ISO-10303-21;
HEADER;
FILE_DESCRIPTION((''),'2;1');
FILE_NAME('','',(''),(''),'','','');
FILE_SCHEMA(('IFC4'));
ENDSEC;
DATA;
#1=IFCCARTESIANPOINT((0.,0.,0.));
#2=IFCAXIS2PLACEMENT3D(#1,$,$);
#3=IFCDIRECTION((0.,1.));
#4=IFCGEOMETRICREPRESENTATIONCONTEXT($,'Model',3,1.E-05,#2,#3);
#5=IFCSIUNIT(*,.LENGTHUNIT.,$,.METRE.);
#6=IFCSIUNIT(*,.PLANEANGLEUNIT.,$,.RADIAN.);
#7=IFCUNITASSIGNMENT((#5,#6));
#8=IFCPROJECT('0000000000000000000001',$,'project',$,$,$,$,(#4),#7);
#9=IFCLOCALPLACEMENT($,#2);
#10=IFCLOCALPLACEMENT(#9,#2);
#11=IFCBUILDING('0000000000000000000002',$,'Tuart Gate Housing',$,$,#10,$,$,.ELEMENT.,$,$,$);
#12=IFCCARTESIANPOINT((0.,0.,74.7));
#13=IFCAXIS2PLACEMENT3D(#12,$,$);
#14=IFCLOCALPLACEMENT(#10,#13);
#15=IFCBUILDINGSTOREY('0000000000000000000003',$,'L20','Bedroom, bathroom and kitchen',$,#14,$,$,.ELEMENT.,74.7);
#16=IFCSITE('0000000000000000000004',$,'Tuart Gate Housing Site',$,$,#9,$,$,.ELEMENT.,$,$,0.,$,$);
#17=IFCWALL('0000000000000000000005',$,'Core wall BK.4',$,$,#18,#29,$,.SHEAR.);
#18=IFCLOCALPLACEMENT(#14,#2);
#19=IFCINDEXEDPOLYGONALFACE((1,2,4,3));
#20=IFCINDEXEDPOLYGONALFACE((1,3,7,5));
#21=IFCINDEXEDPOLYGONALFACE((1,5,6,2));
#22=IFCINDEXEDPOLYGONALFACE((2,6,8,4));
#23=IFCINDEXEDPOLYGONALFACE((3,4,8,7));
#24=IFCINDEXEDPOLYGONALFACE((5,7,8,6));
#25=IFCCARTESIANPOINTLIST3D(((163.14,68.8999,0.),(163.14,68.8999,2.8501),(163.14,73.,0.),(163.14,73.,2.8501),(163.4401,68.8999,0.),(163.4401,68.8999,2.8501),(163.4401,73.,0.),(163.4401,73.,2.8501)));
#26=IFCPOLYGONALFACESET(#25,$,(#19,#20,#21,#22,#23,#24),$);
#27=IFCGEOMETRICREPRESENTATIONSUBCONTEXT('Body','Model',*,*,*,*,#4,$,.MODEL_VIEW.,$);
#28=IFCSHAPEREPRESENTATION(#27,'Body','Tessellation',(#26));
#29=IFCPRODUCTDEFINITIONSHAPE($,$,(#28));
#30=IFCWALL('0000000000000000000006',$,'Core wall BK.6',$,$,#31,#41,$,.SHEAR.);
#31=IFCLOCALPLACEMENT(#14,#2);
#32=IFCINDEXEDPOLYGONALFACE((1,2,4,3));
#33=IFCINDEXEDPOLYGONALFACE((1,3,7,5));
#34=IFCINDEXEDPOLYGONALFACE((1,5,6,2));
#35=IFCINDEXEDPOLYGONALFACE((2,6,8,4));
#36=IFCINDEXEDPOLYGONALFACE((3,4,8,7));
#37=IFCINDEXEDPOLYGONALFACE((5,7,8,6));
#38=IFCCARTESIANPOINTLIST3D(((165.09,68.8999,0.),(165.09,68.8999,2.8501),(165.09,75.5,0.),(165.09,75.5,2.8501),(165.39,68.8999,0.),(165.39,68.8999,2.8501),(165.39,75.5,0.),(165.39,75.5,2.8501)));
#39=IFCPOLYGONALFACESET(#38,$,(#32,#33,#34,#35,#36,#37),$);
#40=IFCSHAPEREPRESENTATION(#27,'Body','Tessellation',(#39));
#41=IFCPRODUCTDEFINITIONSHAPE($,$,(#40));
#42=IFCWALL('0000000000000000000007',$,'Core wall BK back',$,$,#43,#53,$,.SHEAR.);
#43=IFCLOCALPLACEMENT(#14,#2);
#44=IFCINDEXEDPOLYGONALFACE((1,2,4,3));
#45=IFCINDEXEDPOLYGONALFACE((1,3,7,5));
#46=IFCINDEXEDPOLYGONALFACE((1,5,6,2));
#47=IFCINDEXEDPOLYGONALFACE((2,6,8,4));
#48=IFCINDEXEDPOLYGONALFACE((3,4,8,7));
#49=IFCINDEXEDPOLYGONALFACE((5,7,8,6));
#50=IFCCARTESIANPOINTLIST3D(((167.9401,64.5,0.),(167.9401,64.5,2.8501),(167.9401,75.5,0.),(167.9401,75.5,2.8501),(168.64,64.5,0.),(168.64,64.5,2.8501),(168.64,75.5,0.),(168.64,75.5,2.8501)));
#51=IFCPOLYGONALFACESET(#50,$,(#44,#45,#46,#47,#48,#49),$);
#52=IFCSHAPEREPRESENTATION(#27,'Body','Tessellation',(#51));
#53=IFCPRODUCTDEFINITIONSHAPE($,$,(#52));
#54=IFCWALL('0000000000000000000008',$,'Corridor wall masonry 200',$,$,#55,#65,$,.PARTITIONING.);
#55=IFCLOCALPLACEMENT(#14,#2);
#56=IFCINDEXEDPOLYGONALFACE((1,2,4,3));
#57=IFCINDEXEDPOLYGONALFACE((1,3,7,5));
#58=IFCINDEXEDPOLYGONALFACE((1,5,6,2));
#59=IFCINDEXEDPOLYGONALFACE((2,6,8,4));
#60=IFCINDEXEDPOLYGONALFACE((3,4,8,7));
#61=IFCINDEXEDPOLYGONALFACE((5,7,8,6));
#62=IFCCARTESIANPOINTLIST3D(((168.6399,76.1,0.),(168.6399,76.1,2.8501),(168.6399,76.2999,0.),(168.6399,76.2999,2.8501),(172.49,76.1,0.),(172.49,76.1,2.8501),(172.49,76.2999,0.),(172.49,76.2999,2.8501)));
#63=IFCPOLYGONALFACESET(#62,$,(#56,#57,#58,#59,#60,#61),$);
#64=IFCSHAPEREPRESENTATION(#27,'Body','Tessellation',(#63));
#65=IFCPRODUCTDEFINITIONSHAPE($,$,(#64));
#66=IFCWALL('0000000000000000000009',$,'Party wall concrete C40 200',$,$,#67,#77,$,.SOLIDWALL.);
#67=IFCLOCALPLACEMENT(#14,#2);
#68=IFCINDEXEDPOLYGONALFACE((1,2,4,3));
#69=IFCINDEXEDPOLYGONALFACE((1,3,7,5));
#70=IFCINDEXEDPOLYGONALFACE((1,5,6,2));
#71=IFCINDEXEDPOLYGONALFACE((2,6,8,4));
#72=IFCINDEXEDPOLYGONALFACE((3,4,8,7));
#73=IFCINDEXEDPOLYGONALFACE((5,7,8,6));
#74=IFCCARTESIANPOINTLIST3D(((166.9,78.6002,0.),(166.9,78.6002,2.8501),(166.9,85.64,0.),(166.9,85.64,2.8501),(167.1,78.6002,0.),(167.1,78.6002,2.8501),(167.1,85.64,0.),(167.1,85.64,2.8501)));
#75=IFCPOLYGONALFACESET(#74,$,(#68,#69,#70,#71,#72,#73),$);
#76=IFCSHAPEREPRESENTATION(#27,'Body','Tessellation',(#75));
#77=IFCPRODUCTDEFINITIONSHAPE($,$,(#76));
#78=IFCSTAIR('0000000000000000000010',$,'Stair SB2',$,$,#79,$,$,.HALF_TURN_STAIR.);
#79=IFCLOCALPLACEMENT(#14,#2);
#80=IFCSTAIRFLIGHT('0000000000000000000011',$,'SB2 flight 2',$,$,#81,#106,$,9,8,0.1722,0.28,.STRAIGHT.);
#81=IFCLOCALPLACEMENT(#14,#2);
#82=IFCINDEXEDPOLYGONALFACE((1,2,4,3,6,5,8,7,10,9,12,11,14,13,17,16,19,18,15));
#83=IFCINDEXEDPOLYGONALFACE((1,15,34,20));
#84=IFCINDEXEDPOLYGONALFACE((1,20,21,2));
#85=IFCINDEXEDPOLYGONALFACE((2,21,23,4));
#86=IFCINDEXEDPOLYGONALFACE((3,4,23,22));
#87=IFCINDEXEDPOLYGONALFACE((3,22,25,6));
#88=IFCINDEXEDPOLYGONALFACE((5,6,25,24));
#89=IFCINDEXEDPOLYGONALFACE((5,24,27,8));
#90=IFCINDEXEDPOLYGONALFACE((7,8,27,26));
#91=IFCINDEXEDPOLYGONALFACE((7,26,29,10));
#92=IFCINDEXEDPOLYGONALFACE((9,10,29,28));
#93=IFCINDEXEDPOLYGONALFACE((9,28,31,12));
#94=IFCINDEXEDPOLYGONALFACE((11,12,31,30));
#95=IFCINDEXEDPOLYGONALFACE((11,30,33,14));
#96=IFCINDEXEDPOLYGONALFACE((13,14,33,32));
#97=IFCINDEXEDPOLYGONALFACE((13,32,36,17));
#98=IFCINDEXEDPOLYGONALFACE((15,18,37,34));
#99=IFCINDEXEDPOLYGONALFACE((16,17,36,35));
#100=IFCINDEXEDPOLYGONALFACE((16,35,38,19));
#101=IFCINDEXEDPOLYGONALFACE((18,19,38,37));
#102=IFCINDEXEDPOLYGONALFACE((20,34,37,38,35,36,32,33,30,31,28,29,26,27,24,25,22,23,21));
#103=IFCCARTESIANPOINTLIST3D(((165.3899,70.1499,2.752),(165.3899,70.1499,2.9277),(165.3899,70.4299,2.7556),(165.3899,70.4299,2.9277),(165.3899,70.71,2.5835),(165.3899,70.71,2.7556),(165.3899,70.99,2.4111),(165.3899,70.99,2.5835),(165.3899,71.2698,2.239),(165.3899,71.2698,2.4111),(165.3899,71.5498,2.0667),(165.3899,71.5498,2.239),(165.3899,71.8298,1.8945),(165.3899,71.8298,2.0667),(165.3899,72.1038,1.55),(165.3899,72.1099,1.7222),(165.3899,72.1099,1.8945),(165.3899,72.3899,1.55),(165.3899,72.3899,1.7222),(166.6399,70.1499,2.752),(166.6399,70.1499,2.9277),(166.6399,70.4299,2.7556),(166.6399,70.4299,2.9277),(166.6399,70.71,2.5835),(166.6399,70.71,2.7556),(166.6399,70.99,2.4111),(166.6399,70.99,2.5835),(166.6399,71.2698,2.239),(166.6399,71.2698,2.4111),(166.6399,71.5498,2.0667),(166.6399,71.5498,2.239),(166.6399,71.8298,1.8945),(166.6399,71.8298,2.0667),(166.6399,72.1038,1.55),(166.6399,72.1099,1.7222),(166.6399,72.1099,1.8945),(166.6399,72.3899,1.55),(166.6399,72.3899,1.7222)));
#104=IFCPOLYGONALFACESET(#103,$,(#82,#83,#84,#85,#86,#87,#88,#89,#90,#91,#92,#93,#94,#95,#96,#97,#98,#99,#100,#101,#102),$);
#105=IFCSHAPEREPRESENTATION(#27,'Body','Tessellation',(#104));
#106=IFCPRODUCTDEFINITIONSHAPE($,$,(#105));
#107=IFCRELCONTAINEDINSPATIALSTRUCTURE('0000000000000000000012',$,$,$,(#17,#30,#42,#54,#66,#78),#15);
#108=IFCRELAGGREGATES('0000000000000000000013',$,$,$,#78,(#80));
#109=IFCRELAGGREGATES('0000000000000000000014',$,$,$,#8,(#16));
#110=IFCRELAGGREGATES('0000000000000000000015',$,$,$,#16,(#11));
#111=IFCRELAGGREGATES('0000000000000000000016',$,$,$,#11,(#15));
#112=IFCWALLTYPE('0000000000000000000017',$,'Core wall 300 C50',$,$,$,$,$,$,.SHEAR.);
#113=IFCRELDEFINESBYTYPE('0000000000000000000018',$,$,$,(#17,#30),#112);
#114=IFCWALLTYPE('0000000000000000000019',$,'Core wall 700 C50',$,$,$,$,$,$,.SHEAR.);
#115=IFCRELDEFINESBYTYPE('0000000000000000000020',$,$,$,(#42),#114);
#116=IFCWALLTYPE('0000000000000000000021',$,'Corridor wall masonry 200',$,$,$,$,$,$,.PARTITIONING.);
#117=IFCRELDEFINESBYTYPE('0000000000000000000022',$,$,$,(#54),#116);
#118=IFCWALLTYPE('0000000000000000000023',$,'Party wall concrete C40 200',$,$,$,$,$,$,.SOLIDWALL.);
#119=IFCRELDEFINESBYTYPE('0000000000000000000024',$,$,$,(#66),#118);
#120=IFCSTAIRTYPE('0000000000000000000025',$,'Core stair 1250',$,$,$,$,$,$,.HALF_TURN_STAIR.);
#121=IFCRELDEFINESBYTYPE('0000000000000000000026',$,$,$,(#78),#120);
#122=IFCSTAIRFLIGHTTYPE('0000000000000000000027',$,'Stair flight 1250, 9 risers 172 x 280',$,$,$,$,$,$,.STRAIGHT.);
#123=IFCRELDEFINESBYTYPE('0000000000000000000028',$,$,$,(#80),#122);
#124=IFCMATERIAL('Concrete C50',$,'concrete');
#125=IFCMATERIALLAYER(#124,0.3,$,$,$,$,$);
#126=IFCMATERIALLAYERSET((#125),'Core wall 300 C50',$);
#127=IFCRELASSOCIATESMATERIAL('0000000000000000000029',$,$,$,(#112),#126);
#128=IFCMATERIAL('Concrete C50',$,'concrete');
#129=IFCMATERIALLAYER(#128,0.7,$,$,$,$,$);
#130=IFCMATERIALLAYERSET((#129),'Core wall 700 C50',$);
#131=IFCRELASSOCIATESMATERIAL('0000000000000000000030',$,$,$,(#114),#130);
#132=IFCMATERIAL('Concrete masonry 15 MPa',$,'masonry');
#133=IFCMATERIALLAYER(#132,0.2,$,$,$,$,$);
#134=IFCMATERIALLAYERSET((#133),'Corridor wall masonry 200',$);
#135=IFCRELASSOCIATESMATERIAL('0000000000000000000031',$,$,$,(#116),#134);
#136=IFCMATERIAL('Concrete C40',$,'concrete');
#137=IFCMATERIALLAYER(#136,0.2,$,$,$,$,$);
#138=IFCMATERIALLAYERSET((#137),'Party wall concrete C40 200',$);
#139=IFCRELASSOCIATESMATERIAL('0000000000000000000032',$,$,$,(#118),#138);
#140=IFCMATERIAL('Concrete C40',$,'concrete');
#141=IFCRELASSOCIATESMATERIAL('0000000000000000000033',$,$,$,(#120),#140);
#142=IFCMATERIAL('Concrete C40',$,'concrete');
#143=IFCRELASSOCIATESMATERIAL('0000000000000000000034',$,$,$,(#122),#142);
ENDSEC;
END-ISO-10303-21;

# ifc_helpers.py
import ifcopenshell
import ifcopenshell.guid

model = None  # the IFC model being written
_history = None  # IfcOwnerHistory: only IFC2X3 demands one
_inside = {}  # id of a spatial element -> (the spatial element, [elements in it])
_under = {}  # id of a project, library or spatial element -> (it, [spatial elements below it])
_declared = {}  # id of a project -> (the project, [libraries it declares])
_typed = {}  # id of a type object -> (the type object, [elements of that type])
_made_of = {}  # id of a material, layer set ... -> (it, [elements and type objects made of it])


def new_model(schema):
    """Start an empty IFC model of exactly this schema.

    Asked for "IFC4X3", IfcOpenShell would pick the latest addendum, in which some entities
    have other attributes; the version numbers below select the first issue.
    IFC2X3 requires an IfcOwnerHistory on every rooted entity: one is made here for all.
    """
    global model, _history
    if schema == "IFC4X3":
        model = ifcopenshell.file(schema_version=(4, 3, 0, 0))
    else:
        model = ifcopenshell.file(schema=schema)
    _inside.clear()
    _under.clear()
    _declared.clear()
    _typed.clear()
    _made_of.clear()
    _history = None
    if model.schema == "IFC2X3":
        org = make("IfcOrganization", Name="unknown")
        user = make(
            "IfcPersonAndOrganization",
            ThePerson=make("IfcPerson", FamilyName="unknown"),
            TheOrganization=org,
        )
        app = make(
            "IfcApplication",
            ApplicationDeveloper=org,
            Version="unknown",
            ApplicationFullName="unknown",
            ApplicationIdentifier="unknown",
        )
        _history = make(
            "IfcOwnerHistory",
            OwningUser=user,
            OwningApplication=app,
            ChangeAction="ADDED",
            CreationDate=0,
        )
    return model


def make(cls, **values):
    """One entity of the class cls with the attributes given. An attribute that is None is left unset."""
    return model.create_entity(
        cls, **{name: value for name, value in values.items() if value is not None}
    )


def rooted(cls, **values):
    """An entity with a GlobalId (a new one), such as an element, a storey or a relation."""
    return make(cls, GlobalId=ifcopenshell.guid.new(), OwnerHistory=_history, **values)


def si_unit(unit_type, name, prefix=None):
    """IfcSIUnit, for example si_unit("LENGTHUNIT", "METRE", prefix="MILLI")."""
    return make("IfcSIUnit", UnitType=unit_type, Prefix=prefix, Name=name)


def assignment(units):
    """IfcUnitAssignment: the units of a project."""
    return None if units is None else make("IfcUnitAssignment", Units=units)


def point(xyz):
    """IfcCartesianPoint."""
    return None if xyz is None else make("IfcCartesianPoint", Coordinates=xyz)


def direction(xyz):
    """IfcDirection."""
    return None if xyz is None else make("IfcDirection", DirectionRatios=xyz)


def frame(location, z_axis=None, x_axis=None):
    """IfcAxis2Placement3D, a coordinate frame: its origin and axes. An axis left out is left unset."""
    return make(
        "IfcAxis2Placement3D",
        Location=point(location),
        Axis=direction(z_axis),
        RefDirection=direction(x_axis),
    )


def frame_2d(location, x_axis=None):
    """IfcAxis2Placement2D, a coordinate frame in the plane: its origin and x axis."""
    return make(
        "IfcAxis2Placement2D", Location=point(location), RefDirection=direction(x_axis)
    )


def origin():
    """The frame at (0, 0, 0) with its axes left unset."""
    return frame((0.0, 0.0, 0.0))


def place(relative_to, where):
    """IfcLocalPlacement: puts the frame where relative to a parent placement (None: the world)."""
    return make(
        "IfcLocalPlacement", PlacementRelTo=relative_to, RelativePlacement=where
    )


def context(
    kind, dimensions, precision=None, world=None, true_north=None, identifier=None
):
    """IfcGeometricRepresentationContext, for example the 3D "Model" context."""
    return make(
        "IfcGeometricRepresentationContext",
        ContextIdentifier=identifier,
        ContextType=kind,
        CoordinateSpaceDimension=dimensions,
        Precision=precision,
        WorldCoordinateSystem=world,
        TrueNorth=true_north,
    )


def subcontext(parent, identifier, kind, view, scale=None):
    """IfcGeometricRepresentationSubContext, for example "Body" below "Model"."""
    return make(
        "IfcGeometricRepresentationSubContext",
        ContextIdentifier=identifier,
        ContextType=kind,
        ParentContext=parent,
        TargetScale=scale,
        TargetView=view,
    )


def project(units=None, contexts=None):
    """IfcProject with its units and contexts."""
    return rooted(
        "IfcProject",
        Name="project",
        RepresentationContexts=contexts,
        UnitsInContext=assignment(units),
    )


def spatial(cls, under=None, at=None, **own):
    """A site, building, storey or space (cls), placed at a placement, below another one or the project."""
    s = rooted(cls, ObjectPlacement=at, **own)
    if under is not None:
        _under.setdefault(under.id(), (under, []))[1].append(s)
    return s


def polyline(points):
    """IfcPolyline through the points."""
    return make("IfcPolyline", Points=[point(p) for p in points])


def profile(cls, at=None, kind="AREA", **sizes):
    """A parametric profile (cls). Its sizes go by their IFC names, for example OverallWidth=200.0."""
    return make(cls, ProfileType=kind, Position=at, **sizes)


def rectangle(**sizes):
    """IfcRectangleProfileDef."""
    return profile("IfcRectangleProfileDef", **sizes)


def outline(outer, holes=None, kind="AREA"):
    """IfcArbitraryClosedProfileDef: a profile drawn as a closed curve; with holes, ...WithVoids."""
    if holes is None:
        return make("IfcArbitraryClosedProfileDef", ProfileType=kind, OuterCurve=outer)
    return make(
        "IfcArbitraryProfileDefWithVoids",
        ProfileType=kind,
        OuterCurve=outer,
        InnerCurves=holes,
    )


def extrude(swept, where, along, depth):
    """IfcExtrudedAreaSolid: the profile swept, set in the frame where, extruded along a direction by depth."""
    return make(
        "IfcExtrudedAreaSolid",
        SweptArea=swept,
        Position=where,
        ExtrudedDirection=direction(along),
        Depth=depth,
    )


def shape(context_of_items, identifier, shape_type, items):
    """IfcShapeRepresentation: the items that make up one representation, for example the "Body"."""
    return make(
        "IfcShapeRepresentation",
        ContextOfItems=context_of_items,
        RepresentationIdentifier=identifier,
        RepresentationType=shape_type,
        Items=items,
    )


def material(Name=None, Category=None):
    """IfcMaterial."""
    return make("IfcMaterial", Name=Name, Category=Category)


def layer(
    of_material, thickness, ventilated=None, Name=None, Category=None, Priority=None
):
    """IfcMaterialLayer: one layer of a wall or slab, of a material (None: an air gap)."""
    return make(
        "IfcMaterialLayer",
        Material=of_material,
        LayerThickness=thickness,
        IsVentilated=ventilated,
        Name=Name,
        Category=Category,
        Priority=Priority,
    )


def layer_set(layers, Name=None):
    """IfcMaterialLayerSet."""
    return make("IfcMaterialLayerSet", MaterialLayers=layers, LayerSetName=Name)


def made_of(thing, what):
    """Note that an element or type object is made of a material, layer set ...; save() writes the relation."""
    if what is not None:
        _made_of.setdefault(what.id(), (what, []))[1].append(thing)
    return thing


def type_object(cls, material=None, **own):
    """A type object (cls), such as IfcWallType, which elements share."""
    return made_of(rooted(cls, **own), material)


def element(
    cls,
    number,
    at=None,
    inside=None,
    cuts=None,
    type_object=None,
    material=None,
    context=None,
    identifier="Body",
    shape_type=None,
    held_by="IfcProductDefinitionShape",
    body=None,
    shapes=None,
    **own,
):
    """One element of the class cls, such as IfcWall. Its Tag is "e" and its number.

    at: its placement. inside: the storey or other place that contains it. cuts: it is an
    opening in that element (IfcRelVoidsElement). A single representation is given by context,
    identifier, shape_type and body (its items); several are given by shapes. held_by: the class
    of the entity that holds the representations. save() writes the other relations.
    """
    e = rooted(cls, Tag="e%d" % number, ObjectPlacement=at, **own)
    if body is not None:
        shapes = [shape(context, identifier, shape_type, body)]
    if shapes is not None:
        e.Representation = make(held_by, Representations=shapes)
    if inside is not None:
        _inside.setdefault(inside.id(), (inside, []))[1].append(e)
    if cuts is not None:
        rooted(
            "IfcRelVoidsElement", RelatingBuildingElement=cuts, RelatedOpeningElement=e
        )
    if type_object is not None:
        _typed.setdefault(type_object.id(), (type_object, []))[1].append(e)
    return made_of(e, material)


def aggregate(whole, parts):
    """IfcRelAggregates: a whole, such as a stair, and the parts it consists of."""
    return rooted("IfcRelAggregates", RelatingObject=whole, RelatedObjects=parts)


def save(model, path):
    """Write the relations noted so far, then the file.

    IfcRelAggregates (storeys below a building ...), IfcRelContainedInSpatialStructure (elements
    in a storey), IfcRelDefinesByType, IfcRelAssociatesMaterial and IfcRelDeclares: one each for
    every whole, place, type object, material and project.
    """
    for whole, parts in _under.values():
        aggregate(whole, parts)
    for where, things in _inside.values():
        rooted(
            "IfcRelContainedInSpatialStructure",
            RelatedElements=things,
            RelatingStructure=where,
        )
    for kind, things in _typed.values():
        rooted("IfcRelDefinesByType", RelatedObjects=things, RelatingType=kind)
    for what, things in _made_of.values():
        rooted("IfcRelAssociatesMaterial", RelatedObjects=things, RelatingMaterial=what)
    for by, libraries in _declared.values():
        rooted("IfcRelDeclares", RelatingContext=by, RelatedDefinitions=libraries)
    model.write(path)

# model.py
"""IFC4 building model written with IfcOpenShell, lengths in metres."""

from ifc_helpers import new_model, si_unit, direction, frame, frame_2d, origin, place, context, subcontext, project, spatial, polyline, rectangle, outline, extrude, material, layer, layer_set, type_object, element, aggregate, save


model = new_model("IFC4")

# Units and contexts
model_context = context("Model", 3, precision=1e-05, world=origin(), true_north=direction((0.0, 1.0)))
body_context = subcontext(model_context, "Body", "Model", "MODEL_VIEW")
ifc_project = project(units=[si_unit("LENGTHUNIT", "METRE"), si_unit("PLANEANGLEUNIT", "RADIAN")], contexts=[model_context])

# Site, building, storey
site_placement = place(None, origin())
site = spatial("IfcSite", under=ifc_project, at=site_placement, Name="Tuart Gate Housing Site", CompositionType="ELEMENT", RefElevation=0.0)
building_placement = place(site_placement, origin())
building = spatial("IfcBuilding", under=site, at=building_placement, Name="Tuart Gate Housing", CompositionType="ELEMENT")
storey_placement = place(building_placement, frame((0.0, 0.0, 74.7)))
storey = spatial("IfcBuildingStorey", under=building, at=storey_placement, Name="L20", Description="Bedroom, bathroom and kitchen", CompositionType="ELEMENT", Elevation=74.7)

# Walls
ifc_material_1 = material(Name="Concrete C50", Category="concrete")
ifc_layer_1 = layer(ifc_material_1, 0.3)
ifc_layer_set_1 = layer_set([ifc_layer_1], Name="Core wall 300 C50")
wall_type_1 = type_object("IfcWallType", Name="Core wall 300 C50", PredefinedType="SHEAR", material=ifc_layer_set_1)
wall_1_placement = place(storey_placement, frame((163.29, 73.0, 0.0), z_axis=(0.0, 0.0, 1.0), x_axis=(0.0, -1.0, 0.0)))
element("IfcWall", 1, at=wall_1_placement, inside=storey, type_object=wall_type_1, Name="Core wall BK.4", PredefinedType="SHEAR", context=body_context, shape_type="SweptSolid", body=[
    extrude(rectangle(XDim=4.1001, YDim=0.3, at=frame_2d((2.05, 0.0))), origin(), (0.0, 0.0, 1.0), 2.8501),
])
wall_2_placement = place(storey_placement, frame((165.24, 75.5, 0.0), z_axis=(0.0, 0.0, 1.0), x_axis=(0.0, -1.0, 0.0)))
element("IfcWall", 2, at=wall_2_placement, inside=storey, type_object=wall_type_1, Name="Core wall BK.6", PredefinedType="SHEAR", context=body_context, shape_type="SweptSolid", body=[
    extrude(rectangle(XDim=6.6001, YDim=0.3, at=frame_2d((3.3, 0.0))), origin(), (0.0, 0.0, 1.0), 2.8501),
])
ifc_material_2 = material(Name="Concrete C50", Category="concrete")
ifc_layer_2 = layer(ifc_material_2, 0.7)
ifc_layer_set_2 = layer_set([ifc_layer_2], Name="Core wall 700 C50")
wall_type_2 = type_object("IfcWallType", Name="Core wall 700 C50", PredefinedType="SHEAR", material=ifc_layer_set_2)
wall_3_placement = place(storey_placement, frame((168.29, 75.5, 0.0), z_axis=(0.0, 0.0, 1.0), x_axis=(0.0, -1.0, 0.0)))
element("IfcWall", 3, at=wall_3_placement, inside=storey, type_object=wall_type_2, Name="Core wall BK back", PredefinedType="SHEAR", context=body_context, shape_type="SweptSolid", body=[
    extrude(rectangle(XDim=11.0, YDim=0.7, at=frame_2d((5.5, 0.0))), origin(), (0.0, 0.0, 1.0), 2.8501),
])
ifc_material_3 = material(Name="Concrete masonry 15 MPa", Category="masonry")
ifc_layer_3 = layer(ifc_material_3, 0.2)
ifc_layer_set_3 = layer_set([ifc_layer_3], Name="Corridor wall masonry 200")
wall_type_3 = type_object("IfcWallType", Name="Corridor wall masonry 200", PredefinedType="PARTITIONING", material=ifc_layer_set_3)
wall_4_placement = place(storey_placement, frame((168.6399, 76.2, 0.0), z_axis=(0.0, 0.0, 1.0), x_axis=(1.0, 0.0, 0.0)))
element("IfcWall", 4, at=wall_4_placement, inside=storey, type_object=wall_type_3, Name="Corridor wall masonry 200", PredefinedType="PARTITIONING", context=body_context, shape_type="SweptSolid", body=[
    extrude(rectangle(XDim=3.8501, YDim=0.2, at=frame_2d((1.925, 0.0))), origin(), (0.0, 0.0, 1.0), 2.8501),
])
ifc_material_4 = material(Name="Concrete C40", Category="concrete")
ifc_layer_4 = layer(ifc_material_4, 0.2)
ifc_layer_set_4 = layer_set([ifc_layer_4], Name="Party wall concrete C40 200")
wall_type_4 = type_object("IfcWallType", Name="Party wall concrete C40 200", PredefinedType="SOLIDWALL", material=ifc_layer_set_4)
wall_5_placement = place(storey_placement, frame((167.0, 78.6001, 0.0), z_axis=(0.0, 0.0, 1.0), x_axis=(0.0, 1.0, 0.0)))
element("IfcWall", 5, at=wall_5_placement, inside=storey, type_object=wall_type_4, Name="Party wall concrete C40 200", PredefinedType="SOLIDWALL", context=body_context, shape_type="SweptSolid", body=[
    extrude(rectangle(XDim=7.0398, YDim=0.2, at=frame_2d((3.52, 0.0))), origin(), (0.0, 0.0, 1.0), 2.8501),
])

# Stair, stair flight
ifc_material_5 = material(Name="Concrete C40", Category="concrete")
stair_type = type_object("IfcStairType", Name="Core stair 1250", PredefinedType="HALF_TURN_STAIR", material=ifc_material_5)
stair_placement = place(storey_placement, origin())
stair = element("IfcStair", 6, at=stair_placement, inside=storey, type_object=stair_type, Name="Stair SB2", PredefinedType="HALF_TURN_STAIR")
ifc_material_6 = material(Name="Concrete C40", Category="concrete")
stair_flight_type = type_object("IfcStairFlightType", Name="Stair flight 1250, 9 risers 172 x 280", PredefinedType="STRAIGHT", material=ifc_material_6)
stair_flight_placement = place(storey_placement, frame((166.0149, 72.3899, 1.55), z_axis=(0.0, 0.0, 1.0), x_axis=(0.0, -1.0, 0.0)))
stair_flight = element("IfcStairFlight", 7, at=stair_flight_placement, type_object=stair_flight_type, Name="SB2 flight 2", NumberOfRisers=9, NumberOfTreads=8, PredefinedType="STRAIGHT", RiserHeight=0.1722, TreadLength=0.28, context=body_context, shape_type="SweptSolid", body=[
    extrude(outline(polyline([(0.0, 0.0), (0.0, 0.1721), (0.28, 0.1721), (0.28, 0.3445), (0.5601, 0.3445), (0.5601, 0.5166), (0.8401, 0.5166), (0.8401, 0.689), (1.1201, 0.689), (1.1201, 0.8611), (1.3999, 0.8611), (1.3999, 1.0334), (1.6799, 1.0334), (1.6799, 1.2056), (1.96, 1.2056), (1.96, 1.3777), (2.24, 1.3777), (2.24, 1.55), (2.24, 1.2019), (0.2861, 0.0), (0.0, 0.0)])), frame((0.0, 0.625, 0.0), z_axis=(0.0, -1.0, 0.0), x_axis=(1.0, 0.0, 0.0)), (0.0, 0.0, 1.0), 1.25),
])
aggregate(stair, [stair_flight])

save(model, "model.ifc")
